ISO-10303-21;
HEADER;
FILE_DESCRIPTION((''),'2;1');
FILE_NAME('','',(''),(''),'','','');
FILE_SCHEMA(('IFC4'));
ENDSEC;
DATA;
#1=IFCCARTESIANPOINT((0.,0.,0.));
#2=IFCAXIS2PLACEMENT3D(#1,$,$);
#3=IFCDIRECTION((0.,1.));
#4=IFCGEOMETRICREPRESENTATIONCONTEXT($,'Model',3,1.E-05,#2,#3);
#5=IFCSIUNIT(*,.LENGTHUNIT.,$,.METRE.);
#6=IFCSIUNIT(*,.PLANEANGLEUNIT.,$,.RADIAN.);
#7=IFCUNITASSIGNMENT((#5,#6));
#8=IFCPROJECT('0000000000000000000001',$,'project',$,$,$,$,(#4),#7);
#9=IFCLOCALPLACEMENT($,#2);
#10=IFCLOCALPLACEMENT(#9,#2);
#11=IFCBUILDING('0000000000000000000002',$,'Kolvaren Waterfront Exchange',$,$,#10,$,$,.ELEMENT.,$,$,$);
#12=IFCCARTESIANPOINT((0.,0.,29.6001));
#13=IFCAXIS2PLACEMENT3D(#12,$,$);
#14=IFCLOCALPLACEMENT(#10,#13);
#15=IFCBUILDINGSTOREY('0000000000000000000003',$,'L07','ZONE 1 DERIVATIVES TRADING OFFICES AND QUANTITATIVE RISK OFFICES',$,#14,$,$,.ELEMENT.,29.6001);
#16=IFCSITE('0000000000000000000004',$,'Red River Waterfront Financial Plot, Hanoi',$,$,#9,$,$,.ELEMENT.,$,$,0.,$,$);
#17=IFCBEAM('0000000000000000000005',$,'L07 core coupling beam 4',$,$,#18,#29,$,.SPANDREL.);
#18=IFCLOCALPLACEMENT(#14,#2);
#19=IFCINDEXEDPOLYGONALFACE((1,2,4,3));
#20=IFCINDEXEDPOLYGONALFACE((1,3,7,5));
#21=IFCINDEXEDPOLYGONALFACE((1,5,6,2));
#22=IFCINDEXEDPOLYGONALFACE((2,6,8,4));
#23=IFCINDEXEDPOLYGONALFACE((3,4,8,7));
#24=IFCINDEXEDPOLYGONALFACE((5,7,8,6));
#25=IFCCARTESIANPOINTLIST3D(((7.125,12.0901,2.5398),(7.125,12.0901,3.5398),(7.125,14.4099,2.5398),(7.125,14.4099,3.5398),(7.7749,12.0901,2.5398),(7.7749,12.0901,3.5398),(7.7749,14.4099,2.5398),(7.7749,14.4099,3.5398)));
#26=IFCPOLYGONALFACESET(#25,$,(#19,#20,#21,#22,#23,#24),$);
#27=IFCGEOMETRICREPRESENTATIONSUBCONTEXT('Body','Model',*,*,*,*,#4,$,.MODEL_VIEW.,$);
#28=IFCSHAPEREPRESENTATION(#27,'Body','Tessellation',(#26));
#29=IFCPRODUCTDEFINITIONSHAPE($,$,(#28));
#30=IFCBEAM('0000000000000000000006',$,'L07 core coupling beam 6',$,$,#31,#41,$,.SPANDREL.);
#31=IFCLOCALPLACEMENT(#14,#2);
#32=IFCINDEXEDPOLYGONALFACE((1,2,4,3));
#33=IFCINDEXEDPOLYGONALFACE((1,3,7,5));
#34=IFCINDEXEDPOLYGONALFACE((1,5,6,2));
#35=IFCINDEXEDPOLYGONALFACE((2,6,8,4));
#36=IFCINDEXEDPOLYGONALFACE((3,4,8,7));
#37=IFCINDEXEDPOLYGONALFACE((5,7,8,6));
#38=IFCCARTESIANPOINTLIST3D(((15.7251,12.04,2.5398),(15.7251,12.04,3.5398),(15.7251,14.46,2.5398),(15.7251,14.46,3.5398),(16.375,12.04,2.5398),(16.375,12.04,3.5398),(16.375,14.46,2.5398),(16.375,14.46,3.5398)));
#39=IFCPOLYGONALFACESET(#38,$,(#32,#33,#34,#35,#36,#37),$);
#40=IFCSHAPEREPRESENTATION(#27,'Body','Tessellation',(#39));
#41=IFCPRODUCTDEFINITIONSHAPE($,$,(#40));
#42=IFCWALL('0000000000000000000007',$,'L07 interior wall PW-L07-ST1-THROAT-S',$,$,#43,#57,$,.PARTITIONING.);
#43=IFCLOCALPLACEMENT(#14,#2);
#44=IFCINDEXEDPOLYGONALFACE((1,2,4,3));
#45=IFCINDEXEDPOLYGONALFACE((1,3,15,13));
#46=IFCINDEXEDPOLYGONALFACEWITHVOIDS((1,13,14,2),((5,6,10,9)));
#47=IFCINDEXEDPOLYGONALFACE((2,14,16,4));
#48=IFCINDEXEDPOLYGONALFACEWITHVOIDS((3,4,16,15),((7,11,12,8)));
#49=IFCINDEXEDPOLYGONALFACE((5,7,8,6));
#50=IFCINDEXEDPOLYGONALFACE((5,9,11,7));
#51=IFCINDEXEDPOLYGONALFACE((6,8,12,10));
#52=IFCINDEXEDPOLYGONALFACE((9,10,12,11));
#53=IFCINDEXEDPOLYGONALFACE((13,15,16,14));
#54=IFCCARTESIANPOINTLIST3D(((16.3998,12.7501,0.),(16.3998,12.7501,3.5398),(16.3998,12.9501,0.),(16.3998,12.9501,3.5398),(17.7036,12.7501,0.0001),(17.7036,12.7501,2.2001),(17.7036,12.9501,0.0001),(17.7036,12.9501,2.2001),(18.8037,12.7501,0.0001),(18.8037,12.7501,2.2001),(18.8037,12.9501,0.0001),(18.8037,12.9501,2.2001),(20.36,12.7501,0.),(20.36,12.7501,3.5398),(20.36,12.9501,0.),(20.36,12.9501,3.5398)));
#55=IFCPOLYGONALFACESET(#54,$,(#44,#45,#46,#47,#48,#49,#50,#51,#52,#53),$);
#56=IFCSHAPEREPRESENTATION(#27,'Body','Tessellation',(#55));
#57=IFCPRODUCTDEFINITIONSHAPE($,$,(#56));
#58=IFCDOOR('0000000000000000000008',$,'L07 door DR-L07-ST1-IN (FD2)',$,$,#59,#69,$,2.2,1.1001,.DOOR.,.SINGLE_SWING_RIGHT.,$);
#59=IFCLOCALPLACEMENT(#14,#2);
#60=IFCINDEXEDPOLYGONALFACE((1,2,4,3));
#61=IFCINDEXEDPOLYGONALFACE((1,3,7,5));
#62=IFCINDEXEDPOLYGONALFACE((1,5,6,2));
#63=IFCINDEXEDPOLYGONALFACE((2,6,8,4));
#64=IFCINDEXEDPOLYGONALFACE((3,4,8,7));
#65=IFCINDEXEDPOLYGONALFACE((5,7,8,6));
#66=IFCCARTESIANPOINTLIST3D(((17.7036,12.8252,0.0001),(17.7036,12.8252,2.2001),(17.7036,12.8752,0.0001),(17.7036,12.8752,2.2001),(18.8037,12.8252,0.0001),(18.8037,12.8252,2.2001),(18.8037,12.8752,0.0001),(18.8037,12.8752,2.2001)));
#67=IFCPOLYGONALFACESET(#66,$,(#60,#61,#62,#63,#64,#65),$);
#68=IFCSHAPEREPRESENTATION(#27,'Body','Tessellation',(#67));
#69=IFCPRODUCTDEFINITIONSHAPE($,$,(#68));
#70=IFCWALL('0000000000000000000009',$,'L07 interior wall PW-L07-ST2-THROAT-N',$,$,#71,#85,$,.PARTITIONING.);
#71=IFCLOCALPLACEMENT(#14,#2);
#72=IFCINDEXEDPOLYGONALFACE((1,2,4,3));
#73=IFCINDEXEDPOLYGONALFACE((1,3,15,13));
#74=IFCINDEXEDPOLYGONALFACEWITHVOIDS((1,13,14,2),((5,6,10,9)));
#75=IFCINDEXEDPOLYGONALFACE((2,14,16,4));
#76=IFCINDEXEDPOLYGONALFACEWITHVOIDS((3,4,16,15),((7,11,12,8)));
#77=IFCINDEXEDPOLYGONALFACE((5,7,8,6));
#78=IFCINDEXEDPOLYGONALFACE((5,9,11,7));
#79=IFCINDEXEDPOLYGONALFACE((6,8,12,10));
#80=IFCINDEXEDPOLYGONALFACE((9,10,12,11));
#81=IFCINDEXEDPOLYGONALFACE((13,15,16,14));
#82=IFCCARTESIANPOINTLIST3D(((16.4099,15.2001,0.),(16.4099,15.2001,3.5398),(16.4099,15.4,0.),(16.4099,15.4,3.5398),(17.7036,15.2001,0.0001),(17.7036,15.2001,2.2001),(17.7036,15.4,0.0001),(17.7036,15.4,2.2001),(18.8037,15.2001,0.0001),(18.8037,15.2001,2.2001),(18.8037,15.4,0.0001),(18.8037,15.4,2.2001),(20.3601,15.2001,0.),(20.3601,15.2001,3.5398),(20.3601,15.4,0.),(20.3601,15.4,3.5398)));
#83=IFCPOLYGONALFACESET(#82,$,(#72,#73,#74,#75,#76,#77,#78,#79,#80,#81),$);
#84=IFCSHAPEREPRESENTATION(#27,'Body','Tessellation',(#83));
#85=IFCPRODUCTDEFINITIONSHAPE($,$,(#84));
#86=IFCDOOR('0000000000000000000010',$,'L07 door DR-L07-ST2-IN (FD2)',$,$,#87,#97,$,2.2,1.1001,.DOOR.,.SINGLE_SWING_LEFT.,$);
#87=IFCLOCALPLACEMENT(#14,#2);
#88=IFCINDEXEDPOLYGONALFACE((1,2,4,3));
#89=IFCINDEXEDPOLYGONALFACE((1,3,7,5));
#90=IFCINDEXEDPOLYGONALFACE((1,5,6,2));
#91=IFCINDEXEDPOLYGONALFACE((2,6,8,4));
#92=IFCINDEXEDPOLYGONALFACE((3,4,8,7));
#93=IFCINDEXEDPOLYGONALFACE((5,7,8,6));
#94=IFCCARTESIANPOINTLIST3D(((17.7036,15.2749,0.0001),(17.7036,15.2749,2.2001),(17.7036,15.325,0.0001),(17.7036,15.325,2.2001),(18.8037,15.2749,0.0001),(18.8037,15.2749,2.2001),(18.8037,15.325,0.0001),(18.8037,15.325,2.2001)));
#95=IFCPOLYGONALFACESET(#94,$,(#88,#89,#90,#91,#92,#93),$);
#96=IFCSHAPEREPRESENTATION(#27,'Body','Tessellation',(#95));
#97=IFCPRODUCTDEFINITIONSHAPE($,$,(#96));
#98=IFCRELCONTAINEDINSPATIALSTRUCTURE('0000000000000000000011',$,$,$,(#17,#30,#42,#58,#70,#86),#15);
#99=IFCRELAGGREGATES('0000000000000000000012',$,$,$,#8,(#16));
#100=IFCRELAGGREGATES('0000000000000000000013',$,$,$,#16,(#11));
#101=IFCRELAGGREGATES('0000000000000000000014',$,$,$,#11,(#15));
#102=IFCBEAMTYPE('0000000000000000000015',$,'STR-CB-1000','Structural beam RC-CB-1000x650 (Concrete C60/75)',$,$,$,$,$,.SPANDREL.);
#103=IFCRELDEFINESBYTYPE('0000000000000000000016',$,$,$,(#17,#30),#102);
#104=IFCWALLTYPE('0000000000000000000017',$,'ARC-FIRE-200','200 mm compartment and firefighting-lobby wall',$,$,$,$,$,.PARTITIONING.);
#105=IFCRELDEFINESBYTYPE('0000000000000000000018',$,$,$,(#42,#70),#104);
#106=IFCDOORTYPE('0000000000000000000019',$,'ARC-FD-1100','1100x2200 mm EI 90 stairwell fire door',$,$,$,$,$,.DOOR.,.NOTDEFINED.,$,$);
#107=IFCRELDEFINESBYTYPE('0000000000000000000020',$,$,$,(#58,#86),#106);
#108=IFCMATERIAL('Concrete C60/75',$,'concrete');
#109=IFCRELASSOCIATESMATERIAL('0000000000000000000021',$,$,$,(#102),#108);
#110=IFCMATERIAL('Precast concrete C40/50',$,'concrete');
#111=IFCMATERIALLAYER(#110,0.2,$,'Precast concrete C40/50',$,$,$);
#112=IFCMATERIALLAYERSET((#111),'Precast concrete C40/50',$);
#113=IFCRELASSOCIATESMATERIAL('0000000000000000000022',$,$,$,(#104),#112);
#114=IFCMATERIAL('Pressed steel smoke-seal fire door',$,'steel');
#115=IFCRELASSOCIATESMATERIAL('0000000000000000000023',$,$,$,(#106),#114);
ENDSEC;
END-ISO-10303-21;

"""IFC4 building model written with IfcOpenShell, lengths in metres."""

from ifc_helpers import new_model, si_unit, direction, frame, frame_2d, origin, origin_2d, place, context, subcontext, project, spatial, rectangle, extrude, material, layer, layer_set, material_profile, profile_set, type_object, element, fill, save


model = new_model("IFC4")

# Units and contexts
model_context = context("Model", 3, precision=1e-05, world=origin(), true_north=direction((0.0, 1.0)))
body_context = subcontext(model_context, "Body", "Model", "MODEL_VIEW")
ifc_project = project(units=[si_unit("LENGTHUNIT", "METRE"), si_unit("PLANEANGLEUNIT", "RADIAN")], contexts=[model_context])

# Site, building, storey
site_placement = place(None, origin())
site = spatial("IfcSite", under=ifc_project, at=site_placement, Name="Red River Waterfront Financial Plot, Hanoi", CompositionType="ELEMENT", RefElevation=0.0)
building_placement = place(site_placement, origin())
building = spatial("IfcBuilding", under=site, at=building_placement, Name="Kolvaren Waterfront Exchange", CompositionType="ELEMENT")
storey_placement = place(building_placement, frame((0.0, 0.0, 29.6001)))
storey = spatial("IfcBuildingStorey", under=building, at=storey_placement, Name="L07", Description="ZONE 1 DERIVATIVES TRADING OFFICES AND QUANTITATIVE RISK OFFICES", CompositionType="ELEMENT", Elevation=29.6001)

# Beams
ifc_material_1 = material(Name="Concrete C60/75", Category="concrete")
ifc_material_profile = material_profile(ifc_material_1, rectangle(XDim=0.6499, YDim=1.0, at=origin_2d()), Name="RC-CB-1000x650")
ifc_profile_set = profile_set([ifc_material_profile], Name="Concrete C60/75")
beam_type = type_object("IfcBeamType", Name="STR-CB-1000", Description="Structural beam RC-CB-1000x650 (Concrete C60/75)", PredefinedType="SPANDREL", material=ifc_profile_set)
beam_1_placement = place(storey_placement, frame((7.45, 12.0901, 3.0398), z_axis=(0.0, 1.0, 0.0), x_axis=(-1.0, 0.0, 0.0)))
element("IfcBeam", 1, at=beam_1_placement, inside=storey, type_object=beam_type, Name="L07 core coupling beam 4", PredefinedType="SPANDREL", context=body_context, shape_type="SweptSolid", body=[
    extrude(rectangle(XDim=0.6499, YDim=1.0, at=origin_2d()), origin(), (0.0, 0.0, 1.0), 2.3198),
])
beam_2_placement = place(storey_placement, frame((16.05, 12.04, 3.0398), z_axis=(0.0, 1.0, 0.0), x_axis=(-1.0, 0.0, 0.0)))
element("IfcBeam", 2, at=beam_2_placement, inside=storey, type_object=beam_type, Name="L07 core coupling beam 6", PredefinedType="SPANDREL", context=body_context, shape_type="SweptSolid", body=[
    extrude(rectangle(XDim=0.6499, YDim=1.0, at=origin_2d()), origin(), (0.0, 0.0, 1.0), 2.4199),
])

# Walls, openings, doors
ifc_material_2 = material(Name="Precast concrete C40/50", Category="concrete")
ifc_layer_1 = layer(ifc_material_2, 0.2, Name="Precast concrete C40/50")
ifc_layer_set_1 = layer_set([ifc_layer_1], Name="Precast concrete C40/50")
wall_type_1 = type_object("IfcWallType", Name="ARC-FIRE-200", Description="200 mm compartment and firefighting-lobby wall", PredefinedType="PARTITIONING", material=ifc_layer_set_1)
wall_1_placement = place(storey_placement, frame((16.3999, 12.8501, 0.0), z_axis=(0.0, 0.0, 1.0), x_axis=(1.0, 0.0, 0.0)))
wall_1 = element("IfcWall", 3, at=wall_1_placement, inside=storey, type_object=wall_type_1, Name="L07 interior wall PW-L07-ST1-THROAT-S", PredefinedType="PARTITIONING", context=body_context, shape_type="SweptSolid", body=[
    extrude(rectangle(XDim=3.9602, YDim=0.2, at=frame_2d((1.98, 0.0))), origin(), (0.0, 0.0, 1.0), 3.5398),
])
opening_1_placement = place(wall_1_placement, frame((1.3037, 0.0, 0.0)))
opening_1 = element("IfcOpeningElement", 4, at=opening_1_placement, cuts=wall_1, PredefinedType="OPENING", context=body_context, shape_type="SweptSolid", body=[
    extrude(rectangle(XDim=1.1001, YDim=2.2, at=frame_2d((0.55, 1.1001))), frame((0.0, 0.1099, 0.0), z_axis=(0.0, -1.0, 0.0), x_axis=(1.0, 0.0, 0.0)), (0.0, 0.0, 1.0), 0.22),
])
ifc_material_3 = material(Name="Pressed steel smoke-seal fire door", Category="steel")
door_type_1 = type_object("IfcDoorType", Name="ARC-FD-1100", Description="1100x2200 mm EI 90 stairwell fire door", OperationType="NOTDEFINED", PredefinedType="DOOR", material=ifc_material_3)
door_1_placement = place(opening_1_placement, frame((1.1001, 0.0, 0.0), z_axis=(0.0, 0.0, 1.0), x_axis=(-1.0, 0.0, 0.0)))
door_1 = element("IfcDoor", 5, at=door_1_placement, inside=storey, type_object=door_type_1, Name="L07 door DR-L07-ST1-IN (FD2)", OperationType="SINGLE_SWING_RIGHT", OverallHeight=2.2, OverallWidth=1.1001, PredefinedType="DOOR", context=body_context, shape_type="SweptSolid", body=[
    extrude(rectangle(XDim=1.1001, YDim=2.2, at=frame_2d((0.55, 1.1001))), frame((0.0, 0.0249, 0.0), z_axis=(0.0, -1.0, 0.0), x_axis=(1.0, 0.0, 0.0)), (0.0, 0.0, 1.0), 0.05),
])
fill(opening_1, door_1)
wall_2_placement = place(storey_placement, frame((16.4099, 15.3, 0.0), z_axis=(0.0, 0.0, 1.0), x_axis=(1.0, 0.0, 0.0)))
wall_2 = element("IfcWall", 6, at=wall_2_placement, inside=storey, type_object=wall_type_1, Name="L07 interior wall PW-L07-ST2-THROAT-N", PredefinedType="PARTITIONING", context=body_context, shape_type="SweptSolid", body=[
    extrude(rectangle(XDim=3.9502, YDim=0.2, at=frame_2d((1.9751, 0.0))), origin(), (0.0, 0.0, 1.0), 3.5398),
])
opening_2_placement = place(wall_2_placement, frame((1.2937, 0.0, 0.0)))
opening_2 = element("IfcOpeningElement", 7, at=opening_2_placement, cuts=wall_2, PredefinedType="OPENING", context=body_context, shape_type="SweptSolid", body=[
    extrude(rectangle(XDim=1.1001, YDim=2.2, at=frame_2d((0.55, 1.1001))), frame((0.0, 0.1099, 0.0), z_axis=(0.0, -1.0, 0.0), x_axis=(1.0, 0.0, 0.0)), (0.0, 0.0, 1.0), 0.22),
])
door_2_placement = place(opening_2_placement, origin())
door_2 = element("IfcDoor", 8, at=door_2_placement, inside=storey, type_object=door_type_1, Name="L07 door DR-L07-ST2-IN (FD2)", OperationType="SINGLE_SWING_LEFT", OverallHeight=2.2, OverallWidth=1.1001, PredefinedType="DOOR", context=body_context, shape_type="SweptSolid", body=[
    extrude(rectangle(XDim=1.1001, YDim=2.2, at=frame_2d((0.55, 1.1001))), frame((0.0, 0.0249, 0.0), z_axis=(0.0, -1.0, 0.0), x_axis=(1.0, 0.0, 0.0)), (0.0, 0.0, 1.0), 0.05),
])
fill(opening_2, door_2)

save(model, "model.ifc")
